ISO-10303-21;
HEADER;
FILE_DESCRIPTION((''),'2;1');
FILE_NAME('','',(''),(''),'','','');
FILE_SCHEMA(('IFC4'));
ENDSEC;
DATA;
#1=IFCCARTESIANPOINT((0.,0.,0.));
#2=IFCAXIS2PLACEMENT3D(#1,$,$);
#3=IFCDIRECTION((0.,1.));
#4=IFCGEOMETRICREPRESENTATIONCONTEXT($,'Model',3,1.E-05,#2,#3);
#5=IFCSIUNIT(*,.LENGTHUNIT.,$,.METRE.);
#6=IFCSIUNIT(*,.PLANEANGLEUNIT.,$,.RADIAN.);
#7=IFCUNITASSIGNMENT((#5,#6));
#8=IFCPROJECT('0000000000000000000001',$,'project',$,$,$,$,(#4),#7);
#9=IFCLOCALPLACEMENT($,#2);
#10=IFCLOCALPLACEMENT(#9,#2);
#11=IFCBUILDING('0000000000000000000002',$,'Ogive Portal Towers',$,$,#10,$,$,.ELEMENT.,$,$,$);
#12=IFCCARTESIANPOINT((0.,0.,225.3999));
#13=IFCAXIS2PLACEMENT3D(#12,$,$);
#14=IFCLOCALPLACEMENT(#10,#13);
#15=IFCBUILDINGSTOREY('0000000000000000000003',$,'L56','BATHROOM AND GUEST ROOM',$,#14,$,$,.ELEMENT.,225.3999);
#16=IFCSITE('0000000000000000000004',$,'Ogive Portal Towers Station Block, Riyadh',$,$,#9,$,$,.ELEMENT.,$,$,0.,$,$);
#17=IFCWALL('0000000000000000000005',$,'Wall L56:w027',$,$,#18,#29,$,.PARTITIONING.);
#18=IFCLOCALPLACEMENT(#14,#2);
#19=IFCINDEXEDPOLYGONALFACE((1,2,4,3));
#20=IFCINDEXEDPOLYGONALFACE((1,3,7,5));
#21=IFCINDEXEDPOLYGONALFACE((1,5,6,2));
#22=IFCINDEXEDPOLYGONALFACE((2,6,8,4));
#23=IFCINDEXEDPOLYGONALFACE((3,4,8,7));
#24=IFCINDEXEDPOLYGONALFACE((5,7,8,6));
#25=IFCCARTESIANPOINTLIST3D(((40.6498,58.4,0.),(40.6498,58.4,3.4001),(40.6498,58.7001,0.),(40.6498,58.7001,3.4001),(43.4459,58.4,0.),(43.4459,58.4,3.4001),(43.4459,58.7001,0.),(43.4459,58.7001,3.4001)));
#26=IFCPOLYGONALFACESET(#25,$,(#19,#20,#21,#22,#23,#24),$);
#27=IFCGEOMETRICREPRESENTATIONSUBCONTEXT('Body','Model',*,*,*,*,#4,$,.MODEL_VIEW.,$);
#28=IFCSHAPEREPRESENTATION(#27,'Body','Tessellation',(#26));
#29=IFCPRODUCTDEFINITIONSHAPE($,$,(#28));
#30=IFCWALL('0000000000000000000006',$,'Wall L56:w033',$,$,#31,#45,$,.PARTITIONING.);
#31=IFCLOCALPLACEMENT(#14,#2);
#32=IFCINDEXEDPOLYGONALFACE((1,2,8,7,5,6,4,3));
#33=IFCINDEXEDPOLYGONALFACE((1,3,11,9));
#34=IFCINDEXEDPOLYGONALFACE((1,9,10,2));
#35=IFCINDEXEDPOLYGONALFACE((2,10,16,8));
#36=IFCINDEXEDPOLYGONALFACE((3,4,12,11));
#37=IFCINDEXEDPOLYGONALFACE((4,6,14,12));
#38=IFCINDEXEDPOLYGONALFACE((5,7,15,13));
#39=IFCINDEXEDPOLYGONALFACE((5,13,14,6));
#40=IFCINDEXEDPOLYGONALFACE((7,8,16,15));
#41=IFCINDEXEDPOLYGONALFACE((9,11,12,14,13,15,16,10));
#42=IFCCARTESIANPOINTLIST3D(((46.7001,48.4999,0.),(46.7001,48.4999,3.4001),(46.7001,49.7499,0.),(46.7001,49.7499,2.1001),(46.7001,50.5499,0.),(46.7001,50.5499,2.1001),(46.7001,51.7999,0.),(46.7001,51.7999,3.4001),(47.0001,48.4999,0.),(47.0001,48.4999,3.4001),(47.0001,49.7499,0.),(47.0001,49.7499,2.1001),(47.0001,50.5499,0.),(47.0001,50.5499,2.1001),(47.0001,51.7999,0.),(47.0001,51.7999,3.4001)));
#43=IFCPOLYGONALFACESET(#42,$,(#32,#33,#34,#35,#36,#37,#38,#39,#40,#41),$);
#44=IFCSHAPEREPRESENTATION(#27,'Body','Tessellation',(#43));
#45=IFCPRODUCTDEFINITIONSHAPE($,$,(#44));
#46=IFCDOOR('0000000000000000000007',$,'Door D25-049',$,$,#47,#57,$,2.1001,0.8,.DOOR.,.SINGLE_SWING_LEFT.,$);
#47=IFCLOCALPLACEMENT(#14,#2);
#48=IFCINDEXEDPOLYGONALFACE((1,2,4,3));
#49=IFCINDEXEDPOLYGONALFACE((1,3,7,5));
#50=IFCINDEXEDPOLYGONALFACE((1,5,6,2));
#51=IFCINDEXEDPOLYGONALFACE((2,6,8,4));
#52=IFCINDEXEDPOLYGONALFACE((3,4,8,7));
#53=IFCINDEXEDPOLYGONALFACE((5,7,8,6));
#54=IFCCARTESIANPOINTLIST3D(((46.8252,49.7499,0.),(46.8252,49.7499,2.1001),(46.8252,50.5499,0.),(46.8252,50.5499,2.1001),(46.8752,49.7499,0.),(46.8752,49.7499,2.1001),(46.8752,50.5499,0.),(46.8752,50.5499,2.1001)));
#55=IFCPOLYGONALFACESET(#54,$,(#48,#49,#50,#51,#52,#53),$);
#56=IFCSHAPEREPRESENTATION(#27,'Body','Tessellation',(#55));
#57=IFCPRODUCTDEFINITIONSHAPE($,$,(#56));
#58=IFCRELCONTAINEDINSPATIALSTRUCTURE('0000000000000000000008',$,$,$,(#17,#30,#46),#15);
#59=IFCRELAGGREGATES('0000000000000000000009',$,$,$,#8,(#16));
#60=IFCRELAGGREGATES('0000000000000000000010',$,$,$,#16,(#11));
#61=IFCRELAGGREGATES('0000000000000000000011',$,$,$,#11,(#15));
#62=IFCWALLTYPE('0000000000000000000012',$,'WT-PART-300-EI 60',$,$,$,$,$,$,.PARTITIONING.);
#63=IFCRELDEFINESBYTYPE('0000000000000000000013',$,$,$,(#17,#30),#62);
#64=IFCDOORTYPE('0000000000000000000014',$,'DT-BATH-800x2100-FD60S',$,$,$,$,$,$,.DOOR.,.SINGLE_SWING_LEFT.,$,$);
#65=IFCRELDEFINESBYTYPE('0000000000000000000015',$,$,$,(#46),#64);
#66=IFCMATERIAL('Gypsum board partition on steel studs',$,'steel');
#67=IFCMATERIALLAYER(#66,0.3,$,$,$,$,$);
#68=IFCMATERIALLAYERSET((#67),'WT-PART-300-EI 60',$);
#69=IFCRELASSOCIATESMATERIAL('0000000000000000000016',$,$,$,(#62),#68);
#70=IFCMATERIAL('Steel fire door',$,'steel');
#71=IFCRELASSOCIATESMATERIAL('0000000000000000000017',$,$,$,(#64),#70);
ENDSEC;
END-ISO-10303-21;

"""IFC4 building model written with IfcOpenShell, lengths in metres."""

from ifc_helpers import new_model, si_unit, direction, frame, frame_2d, origin, place, context, subcontext, project, spatial, rectangle, extrude, material, layer, layer_set, type_object, element, fill, save


model = new_model("IFC4")

# Units and contexts
model_context = context("Model", 3, precision=1e-05, world=origin(), true_north=direction((0.0, 1.0)))
body_context = subcontext(model_context, "Body", "Model", "MODEL_VIEW")
ifc_project = project(units=[si_unit("LENGTHUNIT", "METRE"), si_unit("PLANEANGLEUNIT", "RADIAN")], contexts=[model_context])

# Site, building, storey
site_placement = place(None, origin())
site = spatial("IfcSite", under=ifc_project, at=site_placement, Name="Ogive Portal Towers Station Block, Riyadh", CompositionType="ELEMENT", RefElevation=0.0)
building_placement = place(site_placement, origin())
building = spatial("IfcBuilding", under=site, at=building_placement, Name="Ogive Portal Towers", CompositionType="ELEMENT")
storey_placement = place(building_placement, frame((0.0, 0.0, 225.3999)))
storey = spatial("IfcBuildingStorey", under=building, at=storey_placement, Name="L56", Description="BATHROOM AND GUEST ROOM", CompositionType="ELEMENT", Elevation=225.3999)

# Wall
ifc_material_1 = material(Name="Gypsum board partition on steel studs", Category="steel")
ifc_layer_1 = layer(ifc_material_1, 0.3)
ifc_layer_set_1 = layer_set([ifc_layer_1], Name="WT-PART-300-EI 60")
wall_type = type_object("IfcWallType", Name="WT-PART-300-EI 60", PredefinedType="PARTITIONING", material=ifc_layer_set_1)
wall_1_placement = place(storey_placement, frame((40.6499, 58.55, 0.0), z_axis=(0.0, 0.0, 1.0), x_axis=(1.0, 0.0, 0.0)))
element("IfcWall", 1, at=wall_1_placement, inside=storey, type_object=wall_type, Name="Wall L56:w027", PredefinedType="PARTITIONING", context=body_context, shape_type="SweptSolid", body=[
    extrude(rectangle(XDim=2.7961, YDim=0.3, at=frame_2d((1.3979, 0.0))), origin(), (0.0, 0.0, 1.0), 3.4001),
])

# Wall, opening, door
wall_2_placement = place(storey_placement, frame((46.8501, 48.5, 0.0), z_axis=(0.0, 0.0, 1.0), x_axis=(0.0, 1.0, 0.0)))
wall_2 = element("IfcWall", 2, at=wall_2_placement, inside=storey, type_object=wall_type, Name="Wall L56:w033", PredefinedType="PARTITIONING", context=body_context, shape_type="SweptSolid", body=[
    extrude(rectangle(XDim=3.3, YDim=0.3, at=frame_2d((1.6499, 0.0))), origin(), (0.0, 0.0, 1.0), 3.4001),
])
opening_placement = place(wall_2_placement, frame((1.25, 0.0, 0.0)))
opening = element("IfcOpeningElement", 3, at=opening_placement, cuts=wall_2, PredefinedType="OPENING", context=body_context, shape_type="SweptSolid", body=[
    extrude(rectangle(XDim=0.8, YDim=2.1001, at=frame_2d((0.3999, 1.05))), frame((0.0, 0.1602, 0.0), z_axis=(0.0, -1.0, 0.0), x_axis=(1.0, 0.0, 0.0)), (0.0, 0.0, 1.0), 0.3201),
])
ifc_material_2 = material(Name="Steel fire door", Category="steel")
door_type = type_object("IfcDoorType", Name="DT-BATH-800x2100-FD60S", OperationType="SINGLE_SWING_LEFT", PredefinedType="DOOR", material=ifc_material_2)
door_placement = place(opening_placement, origin())
door = element("IfcDoor", 4, at=door_placement, inside=storey, type_object=door_type, Name="Door D25-049", OperationType="SINGLE_SWING_LEFT", OverallHeight=2.1001, OverallWidth=0.8, PredefinedType="DOOR", context=body_context, shape_type="SweptSolid", body=[
    extrude(rectangle(XDim=0.8, YDim=2.1001, at=frame_2d((0.3999, 1.05))), frame((0.0, 0.0249, 0.0), z_axis=(0.0, -1.0, 0.0), x_axis=(1.0, 0.0, 0.0)), (0.0, 0.0, 1.0), 0.05),
])
fill(opening, door)

save(model, "model.ifc")
